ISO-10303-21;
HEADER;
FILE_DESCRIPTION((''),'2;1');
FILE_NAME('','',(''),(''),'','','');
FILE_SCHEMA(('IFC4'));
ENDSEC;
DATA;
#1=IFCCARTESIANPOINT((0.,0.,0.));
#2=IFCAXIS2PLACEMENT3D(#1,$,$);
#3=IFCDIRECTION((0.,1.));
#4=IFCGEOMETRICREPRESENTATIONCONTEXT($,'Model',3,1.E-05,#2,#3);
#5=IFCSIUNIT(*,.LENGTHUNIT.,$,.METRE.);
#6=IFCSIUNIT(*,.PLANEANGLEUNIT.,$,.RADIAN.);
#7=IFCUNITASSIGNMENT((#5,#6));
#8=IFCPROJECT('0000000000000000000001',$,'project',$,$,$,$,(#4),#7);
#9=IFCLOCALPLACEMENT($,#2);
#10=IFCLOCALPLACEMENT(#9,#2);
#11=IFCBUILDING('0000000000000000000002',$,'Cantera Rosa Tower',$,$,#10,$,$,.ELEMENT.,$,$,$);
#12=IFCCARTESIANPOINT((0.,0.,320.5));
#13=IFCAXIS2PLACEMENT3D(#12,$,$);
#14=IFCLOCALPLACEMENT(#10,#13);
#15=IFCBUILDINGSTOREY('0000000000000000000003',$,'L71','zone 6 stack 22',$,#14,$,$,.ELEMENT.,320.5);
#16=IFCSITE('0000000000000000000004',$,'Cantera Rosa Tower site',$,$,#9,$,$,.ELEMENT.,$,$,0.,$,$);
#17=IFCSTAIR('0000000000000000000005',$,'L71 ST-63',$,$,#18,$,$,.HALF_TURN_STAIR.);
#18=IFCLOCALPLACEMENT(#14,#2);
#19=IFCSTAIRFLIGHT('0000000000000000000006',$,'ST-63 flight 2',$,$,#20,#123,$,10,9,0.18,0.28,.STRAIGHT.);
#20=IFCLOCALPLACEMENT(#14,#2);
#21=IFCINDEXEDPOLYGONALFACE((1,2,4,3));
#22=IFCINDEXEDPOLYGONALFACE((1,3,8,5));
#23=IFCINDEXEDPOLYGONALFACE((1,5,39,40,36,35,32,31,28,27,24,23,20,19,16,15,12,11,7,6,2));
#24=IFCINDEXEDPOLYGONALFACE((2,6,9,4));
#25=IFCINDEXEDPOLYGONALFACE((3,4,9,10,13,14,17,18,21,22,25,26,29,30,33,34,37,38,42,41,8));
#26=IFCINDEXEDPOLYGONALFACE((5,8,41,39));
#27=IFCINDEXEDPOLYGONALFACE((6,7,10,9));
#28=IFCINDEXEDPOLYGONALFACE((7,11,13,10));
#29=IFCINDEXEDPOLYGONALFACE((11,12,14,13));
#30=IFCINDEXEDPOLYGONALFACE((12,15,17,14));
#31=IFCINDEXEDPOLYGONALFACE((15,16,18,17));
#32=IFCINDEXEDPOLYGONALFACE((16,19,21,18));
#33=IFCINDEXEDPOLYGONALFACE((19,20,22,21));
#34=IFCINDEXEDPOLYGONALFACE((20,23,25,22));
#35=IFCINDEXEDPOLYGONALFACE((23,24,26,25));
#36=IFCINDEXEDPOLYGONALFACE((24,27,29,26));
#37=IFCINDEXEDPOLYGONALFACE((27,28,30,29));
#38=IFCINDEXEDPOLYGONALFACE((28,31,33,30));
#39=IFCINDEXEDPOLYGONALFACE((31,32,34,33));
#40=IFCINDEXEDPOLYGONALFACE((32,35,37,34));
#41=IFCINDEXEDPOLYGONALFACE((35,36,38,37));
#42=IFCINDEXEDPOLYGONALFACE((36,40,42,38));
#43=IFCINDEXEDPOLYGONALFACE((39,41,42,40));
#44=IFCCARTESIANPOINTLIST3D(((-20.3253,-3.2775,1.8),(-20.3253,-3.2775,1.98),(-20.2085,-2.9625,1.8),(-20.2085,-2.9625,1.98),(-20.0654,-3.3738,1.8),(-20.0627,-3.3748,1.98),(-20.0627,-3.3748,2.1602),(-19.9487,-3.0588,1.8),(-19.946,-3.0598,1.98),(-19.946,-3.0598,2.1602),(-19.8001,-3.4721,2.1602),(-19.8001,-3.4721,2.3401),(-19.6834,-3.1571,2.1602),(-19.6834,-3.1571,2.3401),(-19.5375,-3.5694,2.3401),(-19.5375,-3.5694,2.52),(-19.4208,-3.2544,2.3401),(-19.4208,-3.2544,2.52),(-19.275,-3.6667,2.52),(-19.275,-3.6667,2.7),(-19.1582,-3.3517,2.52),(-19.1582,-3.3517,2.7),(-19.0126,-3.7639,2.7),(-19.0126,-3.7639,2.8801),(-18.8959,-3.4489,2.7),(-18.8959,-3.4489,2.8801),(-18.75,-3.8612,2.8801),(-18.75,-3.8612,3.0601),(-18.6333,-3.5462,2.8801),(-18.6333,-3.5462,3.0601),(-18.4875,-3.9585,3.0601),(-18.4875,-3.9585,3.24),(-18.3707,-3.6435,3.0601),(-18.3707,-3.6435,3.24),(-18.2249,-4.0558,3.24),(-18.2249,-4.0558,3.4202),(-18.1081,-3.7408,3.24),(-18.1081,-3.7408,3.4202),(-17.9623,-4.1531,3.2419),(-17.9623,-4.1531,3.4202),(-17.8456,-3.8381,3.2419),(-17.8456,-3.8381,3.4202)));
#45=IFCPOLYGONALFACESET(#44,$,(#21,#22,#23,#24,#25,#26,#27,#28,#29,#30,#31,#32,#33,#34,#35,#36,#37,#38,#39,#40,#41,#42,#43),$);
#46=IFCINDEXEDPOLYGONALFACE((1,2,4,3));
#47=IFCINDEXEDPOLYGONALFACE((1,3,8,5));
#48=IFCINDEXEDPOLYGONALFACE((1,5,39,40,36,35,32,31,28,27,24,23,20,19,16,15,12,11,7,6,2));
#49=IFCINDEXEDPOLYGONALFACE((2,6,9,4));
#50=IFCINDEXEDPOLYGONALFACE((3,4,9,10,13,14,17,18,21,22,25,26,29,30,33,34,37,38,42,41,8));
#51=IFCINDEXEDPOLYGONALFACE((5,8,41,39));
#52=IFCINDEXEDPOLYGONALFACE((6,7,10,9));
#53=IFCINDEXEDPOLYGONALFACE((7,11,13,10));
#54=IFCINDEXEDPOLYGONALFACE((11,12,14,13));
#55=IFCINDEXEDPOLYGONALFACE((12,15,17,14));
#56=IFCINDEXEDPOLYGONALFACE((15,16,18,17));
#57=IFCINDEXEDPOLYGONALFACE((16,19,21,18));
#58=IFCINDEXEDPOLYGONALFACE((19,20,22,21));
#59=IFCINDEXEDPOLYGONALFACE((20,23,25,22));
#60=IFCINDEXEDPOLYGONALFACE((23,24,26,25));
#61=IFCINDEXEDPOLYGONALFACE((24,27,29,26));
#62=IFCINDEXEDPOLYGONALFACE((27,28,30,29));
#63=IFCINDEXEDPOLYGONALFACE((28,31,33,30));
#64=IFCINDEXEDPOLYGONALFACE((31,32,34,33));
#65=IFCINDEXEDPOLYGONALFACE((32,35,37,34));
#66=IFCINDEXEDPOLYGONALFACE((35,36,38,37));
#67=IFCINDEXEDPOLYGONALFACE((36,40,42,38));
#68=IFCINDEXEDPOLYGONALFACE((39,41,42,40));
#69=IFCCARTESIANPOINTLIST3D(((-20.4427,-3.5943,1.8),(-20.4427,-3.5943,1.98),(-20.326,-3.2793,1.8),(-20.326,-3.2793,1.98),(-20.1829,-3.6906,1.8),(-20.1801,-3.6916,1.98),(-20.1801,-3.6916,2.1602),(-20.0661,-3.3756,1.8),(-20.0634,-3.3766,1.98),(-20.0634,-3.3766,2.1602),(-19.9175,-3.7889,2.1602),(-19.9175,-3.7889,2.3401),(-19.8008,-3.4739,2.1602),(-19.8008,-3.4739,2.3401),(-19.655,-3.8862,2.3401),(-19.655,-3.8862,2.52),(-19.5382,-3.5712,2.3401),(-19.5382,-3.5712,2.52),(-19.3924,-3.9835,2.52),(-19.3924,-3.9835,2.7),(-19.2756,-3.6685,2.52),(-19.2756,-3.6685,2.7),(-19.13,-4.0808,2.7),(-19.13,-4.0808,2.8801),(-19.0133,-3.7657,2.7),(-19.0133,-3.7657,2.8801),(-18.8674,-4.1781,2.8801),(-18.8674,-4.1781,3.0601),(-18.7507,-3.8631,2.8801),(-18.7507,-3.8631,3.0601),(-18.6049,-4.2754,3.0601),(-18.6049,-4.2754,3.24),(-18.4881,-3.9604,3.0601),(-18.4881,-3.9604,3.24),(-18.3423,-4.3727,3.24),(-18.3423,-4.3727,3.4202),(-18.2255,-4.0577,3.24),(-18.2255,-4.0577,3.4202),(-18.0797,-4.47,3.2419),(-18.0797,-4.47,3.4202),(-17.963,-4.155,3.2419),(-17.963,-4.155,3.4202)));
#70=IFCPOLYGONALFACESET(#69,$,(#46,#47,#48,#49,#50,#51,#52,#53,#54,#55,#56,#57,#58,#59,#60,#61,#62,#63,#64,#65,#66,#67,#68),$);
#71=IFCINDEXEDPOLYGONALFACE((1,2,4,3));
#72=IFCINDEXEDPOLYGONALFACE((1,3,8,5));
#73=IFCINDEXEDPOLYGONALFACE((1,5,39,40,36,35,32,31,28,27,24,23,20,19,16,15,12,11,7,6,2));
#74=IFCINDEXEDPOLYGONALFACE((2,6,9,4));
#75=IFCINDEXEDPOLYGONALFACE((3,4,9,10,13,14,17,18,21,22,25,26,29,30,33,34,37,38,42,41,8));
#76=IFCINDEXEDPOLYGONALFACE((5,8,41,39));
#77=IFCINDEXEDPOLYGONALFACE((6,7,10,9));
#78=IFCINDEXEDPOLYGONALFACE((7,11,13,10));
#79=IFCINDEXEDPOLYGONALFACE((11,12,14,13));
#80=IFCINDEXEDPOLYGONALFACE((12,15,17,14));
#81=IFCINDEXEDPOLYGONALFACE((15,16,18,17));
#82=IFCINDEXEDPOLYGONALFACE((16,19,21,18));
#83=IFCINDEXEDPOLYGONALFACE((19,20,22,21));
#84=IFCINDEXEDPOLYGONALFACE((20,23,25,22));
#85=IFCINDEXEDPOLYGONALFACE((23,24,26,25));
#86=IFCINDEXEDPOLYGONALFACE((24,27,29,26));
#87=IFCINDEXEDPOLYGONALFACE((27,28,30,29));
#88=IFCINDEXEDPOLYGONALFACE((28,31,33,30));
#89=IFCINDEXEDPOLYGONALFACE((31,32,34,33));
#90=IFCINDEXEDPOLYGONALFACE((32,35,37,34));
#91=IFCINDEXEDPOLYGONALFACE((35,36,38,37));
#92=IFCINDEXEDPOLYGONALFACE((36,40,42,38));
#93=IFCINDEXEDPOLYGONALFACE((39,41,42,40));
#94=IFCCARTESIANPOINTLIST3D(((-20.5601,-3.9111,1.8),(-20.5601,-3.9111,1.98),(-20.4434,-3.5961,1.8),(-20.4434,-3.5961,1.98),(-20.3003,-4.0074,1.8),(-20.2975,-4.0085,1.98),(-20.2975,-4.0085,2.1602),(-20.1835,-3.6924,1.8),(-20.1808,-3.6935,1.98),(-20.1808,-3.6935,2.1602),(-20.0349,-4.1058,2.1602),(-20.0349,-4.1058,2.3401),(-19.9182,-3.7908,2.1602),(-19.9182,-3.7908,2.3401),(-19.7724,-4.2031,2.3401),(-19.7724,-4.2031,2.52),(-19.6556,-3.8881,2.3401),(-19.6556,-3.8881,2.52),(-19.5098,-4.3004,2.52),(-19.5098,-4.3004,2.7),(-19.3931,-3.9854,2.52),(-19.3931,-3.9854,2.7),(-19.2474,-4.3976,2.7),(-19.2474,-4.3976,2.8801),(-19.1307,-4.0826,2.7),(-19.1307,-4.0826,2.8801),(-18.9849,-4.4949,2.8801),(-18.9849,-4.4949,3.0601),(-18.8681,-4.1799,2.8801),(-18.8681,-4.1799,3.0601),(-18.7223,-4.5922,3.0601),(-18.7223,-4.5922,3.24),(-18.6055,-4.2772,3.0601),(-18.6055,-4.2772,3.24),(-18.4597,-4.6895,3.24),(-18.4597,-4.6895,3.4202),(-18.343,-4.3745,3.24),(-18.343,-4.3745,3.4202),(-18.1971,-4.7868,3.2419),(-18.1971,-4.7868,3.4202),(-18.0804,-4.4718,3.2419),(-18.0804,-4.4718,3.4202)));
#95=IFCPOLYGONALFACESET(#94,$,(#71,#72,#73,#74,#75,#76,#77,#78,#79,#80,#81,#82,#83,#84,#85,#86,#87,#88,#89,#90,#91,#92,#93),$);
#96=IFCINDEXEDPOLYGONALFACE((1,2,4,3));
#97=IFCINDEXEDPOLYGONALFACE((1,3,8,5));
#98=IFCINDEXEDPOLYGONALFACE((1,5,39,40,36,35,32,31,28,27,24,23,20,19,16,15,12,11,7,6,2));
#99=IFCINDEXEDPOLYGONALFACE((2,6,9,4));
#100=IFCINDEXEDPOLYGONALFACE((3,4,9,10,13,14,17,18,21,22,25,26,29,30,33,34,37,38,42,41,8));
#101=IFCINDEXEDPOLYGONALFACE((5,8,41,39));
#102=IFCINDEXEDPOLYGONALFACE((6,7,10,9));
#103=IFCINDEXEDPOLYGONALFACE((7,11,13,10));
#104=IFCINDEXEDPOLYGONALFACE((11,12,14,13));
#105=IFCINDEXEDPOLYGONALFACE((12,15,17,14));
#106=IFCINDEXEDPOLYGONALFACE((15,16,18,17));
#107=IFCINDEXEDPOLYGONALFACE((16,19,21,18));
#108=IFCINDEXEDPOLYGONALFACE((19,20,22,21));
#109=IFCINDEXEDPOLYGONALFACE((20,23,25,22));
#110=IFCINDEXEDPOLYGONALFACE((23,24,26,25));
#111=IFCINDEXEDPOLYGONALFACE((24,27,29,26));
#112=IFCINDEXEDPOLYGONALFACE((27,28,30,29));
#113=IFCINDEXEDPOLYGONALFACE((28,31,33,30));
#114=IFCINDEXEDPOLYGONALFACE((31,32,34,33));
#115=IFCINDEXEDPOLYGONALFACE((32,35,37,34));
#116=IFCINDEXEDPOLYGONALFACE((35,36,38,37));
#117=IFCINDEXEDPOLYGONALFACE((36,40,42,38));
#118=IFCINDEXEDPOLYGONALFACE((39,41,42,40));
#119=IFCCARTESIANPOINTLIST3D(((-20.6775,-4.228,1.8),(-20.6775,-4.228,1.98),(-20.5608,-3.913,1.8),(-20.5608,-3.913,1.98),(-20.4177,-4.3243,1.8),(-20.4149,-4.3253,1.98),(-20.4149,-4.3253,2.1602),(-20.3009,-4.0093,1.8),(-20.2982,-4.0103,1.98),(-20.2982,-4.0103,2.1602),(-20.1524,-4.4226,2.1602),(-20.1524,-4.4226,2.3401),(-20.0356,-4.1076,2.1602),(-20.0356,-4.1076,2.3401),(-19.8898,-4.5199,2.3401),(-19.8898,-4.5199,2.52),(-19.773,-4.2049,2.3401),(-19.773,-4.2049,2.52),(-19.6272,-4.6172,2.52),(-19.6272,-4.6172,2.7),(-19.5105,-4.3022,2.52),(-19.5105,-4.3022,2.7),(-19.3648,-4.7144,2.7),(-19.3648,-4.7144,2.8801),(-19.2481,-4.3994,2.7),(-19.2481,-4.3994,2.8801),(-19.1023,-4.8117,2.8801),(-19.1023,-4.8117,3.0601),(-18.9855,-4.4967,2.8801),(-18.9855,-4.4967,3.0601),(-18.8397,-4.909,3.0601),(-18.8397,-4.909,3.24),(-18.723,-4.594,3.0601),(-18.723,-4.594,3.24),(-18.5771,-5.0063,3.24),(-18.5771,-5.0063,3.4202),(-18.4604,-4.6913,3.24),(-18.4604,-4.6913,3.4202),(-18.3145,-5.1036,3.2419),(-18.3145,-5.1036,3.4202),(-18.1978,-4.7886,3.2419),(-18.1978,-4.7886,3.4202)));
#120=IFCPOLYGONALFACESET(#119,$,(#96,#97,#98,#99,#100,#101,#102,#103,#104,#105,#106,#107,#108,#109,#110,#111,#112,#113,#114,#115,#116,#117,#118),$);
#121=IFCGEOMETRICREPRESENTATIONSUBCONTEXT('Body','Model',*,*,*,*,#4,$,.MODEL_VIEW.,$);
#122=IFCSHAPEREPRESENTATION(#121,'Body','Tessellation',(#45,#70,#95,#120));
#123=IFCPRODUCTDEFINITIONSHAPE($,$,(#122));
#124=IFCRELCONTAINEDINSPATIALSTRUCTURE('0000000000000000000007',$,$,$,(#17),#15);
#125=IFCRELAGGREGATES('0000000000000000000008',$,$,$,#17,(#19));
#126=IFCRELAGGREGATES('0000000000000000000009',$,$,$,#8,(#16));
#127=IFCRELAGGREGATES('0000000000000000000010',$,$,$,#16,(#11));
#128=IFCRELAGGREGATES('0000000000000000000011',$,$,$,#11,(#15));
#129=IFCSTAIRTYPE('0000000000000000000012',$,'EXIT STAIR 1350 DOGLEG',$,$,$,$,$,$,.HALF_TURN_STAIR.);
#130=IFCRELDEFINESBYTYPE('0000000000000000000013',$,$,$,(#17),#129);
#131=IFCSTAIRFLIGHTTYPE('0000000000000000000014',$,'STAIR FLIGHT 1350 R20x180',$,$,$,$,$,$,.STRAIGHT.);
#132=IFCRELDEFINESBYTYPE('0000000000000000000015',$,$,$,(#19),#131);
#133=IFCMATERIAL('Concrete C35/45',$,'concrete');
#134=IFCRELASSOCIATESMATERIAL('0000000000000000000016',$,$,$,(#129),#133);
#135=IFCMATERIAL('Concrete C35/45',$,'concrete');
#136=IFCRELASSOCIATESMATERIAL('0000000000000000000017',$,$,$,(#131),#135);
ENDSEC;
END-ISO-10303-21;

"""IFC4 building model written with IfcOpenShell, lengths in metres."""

from ifc_helpers import new_model, si_unit, direction, frame, origin, place, context, subcontext, project, spatial, polyline, outline, extrude, material, type_object, element, aggregate, save


model = new_model("IFC4")

# Units and contexts
model_context = context("Model", 3, precision=1e-05, world=origin(), true_north=direction((0.0, 1.0)))
body_context = subcontext(model_context, "Body", "Model", "MODEL_VIEW")
ifc_project = project(units=[si_unit("LENGTHUNIT", "METRE"), si_unit("PLANEANGLEUNIT", "RADIAN")], contexts=[model_context])

# Site, building, storey
site_placement = place(None, origin())
site = spatial("IfcSite", under=ifc_project, at=site_placement, Name="Cantera Rosa Tower site", CompositionType="ELEMENT", RefElevation=0.0)
building_placement = place(site_placement, origin())
building = spatial("IfcBuilding", under=site, at=building_placement, Name="Cantera Rosa Tower", CompositionType="ELEMENT")
storey_placement = place(building_placement, frame((0.0, 0.0, 320.5)))
storey = spatial("IfcBuildingStorey", under=building, at=storey_placement, Name="L71", Description="zone 6 stack 22", CompositionType="ELEMENT", Elevation=320.5)

# Stair, stair flight
ifc_material_1 = material(Name="Concrete C35/45", Category="concrete")
stair_type = type_object("IfcStairType", Name="EXIT STAIR 1350 DOGLEG", PredefinedType="HALF_TURN_STAIR", material=ifc_material_1)
stair_placement = place(storey_placement, origin())
stair = element("IfcStair", 1, at=stair_placement, inside=storey, type_object=stair_type, Name="L71 ST-63", PredefinedType="HALF_TURN_STAIR")
ifc_material_2 = material(Name="Concrete C35/45", Category="concrete")
stair_flight_type = type_object("IfcStairFlightType", Name="STAIR FLIGHT 1350 R20x180", PredefinedType="STRAIGHT", material=ifc_material_2)
stair_flight_1_placement = place(storey_placement, frame((-20.4431, -3.5955, 1.8), z_axis=(0.0, 0.0, 1.0), x_axis=(0.937687, -0.347481, 0.0)))
stair_flight_1 = element("IfcStairFlight", 2, at=stair_flight_1_placement, type_object=stair_flight_type, Name="ST-63 flight 2", NumberOfRisers=10, NumberOfTreads=9, PredefinedType="STRAIGHT", RiserHeight=0.18, TreadLength=0.28, context=body_context, shape_type="SweptSolid", body=[
    extrude(outline(polyline([(0.0, 0.0), (0.0, 0.1799), (0.28, 0.1799), (0.28, 0.3601), (0.5601, 0.3601), (0.5601, 0.54), (0.8401, 0.54), (0.8401, 0.72), (1.1201, 0.72), (1.1201, 0.8999), (1.3999, 0.8999), (1.3999, 1.0801), (1.6799, 1.0801), (1.6799, 1.26), (1.96, 1.26), (1.96, 1.4399), (2.24, 1.4399), (2.24, 1.6201), (2.52, 1.6201), (2.52, 1.8), (2.52, 1.4419), (0.2771, 0.0), (0.0, 0.0)])), frame((0.0, 0.675, 0.0), z_axis=(0.0, -1.0, 0.0), x_axis=(1.0, 0.0, 0.0)), (0.0, 0.0, 1.0), 0.3359),
    extrude(outline(polyline([(0.0, 0.0), (0.0, 0.1799), (0.28, 0.1799), (0.28, 0.3601), (0.5601, 0.3601), (0.5601, 0.54), (0.8401, 0.54), (0.8401, 0.72), (1.1201, 0.72), (1.1201, 0.8999), (1.3999, 0.8999), (1.3999, 1.0801), (1.6799, 1.0801), (1.6799, 1.26), (1.96, 1.26), (1.96, 1.4399), (2.24, 1.4399), (2.24, 1.6201), (2.52, 1.6201), (2.52, 1.8), (2.52, 1.4419), (0.2771, 0.0), (0.0, 0.0)])), frame((0.0, 0.3372, 0.0), z_axis=(0.0, -1.0, 0.0), x_axis=(1.0, 0.0, 0.0)), (0.0, 0.0, 1.0), 0.3359),
    extrude(outline(polyline([(0.0, 0.0), (0.0, 0.1799), (0.28, 0.1799), (0.28, 0.3601), (0.5601, 0.3601), (0.5601, 0.54), (0.8401, 0.54), (0.8401, 0.72), (1.1201, 0.72), (1.1201, 0.8999), (1.3999, 0.8999), (1.3999, 1.0801), (1.6799, 1.0801), (1.6799, 1.26), (1.96, 1.26), (1.96, 1.4399), (2.24, 1.4399), (2.24, 1.6201), (2.52, 1.6201), (2.52, 1.8), (2.52, 1.4419), (0.2771, 0.0), (0.0, 0.0)])), frame((0.0, -0.0007, 0.0), z_axis=(0.0, -1.0, 0.0), x_axis=(1.0, 0.0, 0.0)), (0.0, 0.0, 1.0), 0.3359),
    extrude(outline(polyline([(0.0, 0.0), (0.0, 0.1799), (0.28, 0.1799), (0.28, 0.3601), (0.5601, 0.3601), (0.5601, 0.54), (0.8401, 0.54), (0.8401, 0.72), (1.1201, 0.72), (1.1201, 0.8999), (1.3999, 0.8999), (1.3999, 1.0801), (1.6799, 1.0801), (1.6799, 1.26), (1.96, 1.26), (1.96, 1.4399), (2.24, 1.4399), (2.24, 1.6201), (2.52, 1.6201), (2.52, 1.8), (2.52, 1.4419), (0.2771, 0.0), (0.0, 0.0)])), frame((0.0, -0.3386, 0.0), z_axis=(0.0, -1.0, 0.0), x_axis=(1.0, 0.0, 0.0)), (0.0, 0.0, 1.0), 0.3359),
])
aggregate(stair, [stair_flight_1])

save(model, "model.ifc")
